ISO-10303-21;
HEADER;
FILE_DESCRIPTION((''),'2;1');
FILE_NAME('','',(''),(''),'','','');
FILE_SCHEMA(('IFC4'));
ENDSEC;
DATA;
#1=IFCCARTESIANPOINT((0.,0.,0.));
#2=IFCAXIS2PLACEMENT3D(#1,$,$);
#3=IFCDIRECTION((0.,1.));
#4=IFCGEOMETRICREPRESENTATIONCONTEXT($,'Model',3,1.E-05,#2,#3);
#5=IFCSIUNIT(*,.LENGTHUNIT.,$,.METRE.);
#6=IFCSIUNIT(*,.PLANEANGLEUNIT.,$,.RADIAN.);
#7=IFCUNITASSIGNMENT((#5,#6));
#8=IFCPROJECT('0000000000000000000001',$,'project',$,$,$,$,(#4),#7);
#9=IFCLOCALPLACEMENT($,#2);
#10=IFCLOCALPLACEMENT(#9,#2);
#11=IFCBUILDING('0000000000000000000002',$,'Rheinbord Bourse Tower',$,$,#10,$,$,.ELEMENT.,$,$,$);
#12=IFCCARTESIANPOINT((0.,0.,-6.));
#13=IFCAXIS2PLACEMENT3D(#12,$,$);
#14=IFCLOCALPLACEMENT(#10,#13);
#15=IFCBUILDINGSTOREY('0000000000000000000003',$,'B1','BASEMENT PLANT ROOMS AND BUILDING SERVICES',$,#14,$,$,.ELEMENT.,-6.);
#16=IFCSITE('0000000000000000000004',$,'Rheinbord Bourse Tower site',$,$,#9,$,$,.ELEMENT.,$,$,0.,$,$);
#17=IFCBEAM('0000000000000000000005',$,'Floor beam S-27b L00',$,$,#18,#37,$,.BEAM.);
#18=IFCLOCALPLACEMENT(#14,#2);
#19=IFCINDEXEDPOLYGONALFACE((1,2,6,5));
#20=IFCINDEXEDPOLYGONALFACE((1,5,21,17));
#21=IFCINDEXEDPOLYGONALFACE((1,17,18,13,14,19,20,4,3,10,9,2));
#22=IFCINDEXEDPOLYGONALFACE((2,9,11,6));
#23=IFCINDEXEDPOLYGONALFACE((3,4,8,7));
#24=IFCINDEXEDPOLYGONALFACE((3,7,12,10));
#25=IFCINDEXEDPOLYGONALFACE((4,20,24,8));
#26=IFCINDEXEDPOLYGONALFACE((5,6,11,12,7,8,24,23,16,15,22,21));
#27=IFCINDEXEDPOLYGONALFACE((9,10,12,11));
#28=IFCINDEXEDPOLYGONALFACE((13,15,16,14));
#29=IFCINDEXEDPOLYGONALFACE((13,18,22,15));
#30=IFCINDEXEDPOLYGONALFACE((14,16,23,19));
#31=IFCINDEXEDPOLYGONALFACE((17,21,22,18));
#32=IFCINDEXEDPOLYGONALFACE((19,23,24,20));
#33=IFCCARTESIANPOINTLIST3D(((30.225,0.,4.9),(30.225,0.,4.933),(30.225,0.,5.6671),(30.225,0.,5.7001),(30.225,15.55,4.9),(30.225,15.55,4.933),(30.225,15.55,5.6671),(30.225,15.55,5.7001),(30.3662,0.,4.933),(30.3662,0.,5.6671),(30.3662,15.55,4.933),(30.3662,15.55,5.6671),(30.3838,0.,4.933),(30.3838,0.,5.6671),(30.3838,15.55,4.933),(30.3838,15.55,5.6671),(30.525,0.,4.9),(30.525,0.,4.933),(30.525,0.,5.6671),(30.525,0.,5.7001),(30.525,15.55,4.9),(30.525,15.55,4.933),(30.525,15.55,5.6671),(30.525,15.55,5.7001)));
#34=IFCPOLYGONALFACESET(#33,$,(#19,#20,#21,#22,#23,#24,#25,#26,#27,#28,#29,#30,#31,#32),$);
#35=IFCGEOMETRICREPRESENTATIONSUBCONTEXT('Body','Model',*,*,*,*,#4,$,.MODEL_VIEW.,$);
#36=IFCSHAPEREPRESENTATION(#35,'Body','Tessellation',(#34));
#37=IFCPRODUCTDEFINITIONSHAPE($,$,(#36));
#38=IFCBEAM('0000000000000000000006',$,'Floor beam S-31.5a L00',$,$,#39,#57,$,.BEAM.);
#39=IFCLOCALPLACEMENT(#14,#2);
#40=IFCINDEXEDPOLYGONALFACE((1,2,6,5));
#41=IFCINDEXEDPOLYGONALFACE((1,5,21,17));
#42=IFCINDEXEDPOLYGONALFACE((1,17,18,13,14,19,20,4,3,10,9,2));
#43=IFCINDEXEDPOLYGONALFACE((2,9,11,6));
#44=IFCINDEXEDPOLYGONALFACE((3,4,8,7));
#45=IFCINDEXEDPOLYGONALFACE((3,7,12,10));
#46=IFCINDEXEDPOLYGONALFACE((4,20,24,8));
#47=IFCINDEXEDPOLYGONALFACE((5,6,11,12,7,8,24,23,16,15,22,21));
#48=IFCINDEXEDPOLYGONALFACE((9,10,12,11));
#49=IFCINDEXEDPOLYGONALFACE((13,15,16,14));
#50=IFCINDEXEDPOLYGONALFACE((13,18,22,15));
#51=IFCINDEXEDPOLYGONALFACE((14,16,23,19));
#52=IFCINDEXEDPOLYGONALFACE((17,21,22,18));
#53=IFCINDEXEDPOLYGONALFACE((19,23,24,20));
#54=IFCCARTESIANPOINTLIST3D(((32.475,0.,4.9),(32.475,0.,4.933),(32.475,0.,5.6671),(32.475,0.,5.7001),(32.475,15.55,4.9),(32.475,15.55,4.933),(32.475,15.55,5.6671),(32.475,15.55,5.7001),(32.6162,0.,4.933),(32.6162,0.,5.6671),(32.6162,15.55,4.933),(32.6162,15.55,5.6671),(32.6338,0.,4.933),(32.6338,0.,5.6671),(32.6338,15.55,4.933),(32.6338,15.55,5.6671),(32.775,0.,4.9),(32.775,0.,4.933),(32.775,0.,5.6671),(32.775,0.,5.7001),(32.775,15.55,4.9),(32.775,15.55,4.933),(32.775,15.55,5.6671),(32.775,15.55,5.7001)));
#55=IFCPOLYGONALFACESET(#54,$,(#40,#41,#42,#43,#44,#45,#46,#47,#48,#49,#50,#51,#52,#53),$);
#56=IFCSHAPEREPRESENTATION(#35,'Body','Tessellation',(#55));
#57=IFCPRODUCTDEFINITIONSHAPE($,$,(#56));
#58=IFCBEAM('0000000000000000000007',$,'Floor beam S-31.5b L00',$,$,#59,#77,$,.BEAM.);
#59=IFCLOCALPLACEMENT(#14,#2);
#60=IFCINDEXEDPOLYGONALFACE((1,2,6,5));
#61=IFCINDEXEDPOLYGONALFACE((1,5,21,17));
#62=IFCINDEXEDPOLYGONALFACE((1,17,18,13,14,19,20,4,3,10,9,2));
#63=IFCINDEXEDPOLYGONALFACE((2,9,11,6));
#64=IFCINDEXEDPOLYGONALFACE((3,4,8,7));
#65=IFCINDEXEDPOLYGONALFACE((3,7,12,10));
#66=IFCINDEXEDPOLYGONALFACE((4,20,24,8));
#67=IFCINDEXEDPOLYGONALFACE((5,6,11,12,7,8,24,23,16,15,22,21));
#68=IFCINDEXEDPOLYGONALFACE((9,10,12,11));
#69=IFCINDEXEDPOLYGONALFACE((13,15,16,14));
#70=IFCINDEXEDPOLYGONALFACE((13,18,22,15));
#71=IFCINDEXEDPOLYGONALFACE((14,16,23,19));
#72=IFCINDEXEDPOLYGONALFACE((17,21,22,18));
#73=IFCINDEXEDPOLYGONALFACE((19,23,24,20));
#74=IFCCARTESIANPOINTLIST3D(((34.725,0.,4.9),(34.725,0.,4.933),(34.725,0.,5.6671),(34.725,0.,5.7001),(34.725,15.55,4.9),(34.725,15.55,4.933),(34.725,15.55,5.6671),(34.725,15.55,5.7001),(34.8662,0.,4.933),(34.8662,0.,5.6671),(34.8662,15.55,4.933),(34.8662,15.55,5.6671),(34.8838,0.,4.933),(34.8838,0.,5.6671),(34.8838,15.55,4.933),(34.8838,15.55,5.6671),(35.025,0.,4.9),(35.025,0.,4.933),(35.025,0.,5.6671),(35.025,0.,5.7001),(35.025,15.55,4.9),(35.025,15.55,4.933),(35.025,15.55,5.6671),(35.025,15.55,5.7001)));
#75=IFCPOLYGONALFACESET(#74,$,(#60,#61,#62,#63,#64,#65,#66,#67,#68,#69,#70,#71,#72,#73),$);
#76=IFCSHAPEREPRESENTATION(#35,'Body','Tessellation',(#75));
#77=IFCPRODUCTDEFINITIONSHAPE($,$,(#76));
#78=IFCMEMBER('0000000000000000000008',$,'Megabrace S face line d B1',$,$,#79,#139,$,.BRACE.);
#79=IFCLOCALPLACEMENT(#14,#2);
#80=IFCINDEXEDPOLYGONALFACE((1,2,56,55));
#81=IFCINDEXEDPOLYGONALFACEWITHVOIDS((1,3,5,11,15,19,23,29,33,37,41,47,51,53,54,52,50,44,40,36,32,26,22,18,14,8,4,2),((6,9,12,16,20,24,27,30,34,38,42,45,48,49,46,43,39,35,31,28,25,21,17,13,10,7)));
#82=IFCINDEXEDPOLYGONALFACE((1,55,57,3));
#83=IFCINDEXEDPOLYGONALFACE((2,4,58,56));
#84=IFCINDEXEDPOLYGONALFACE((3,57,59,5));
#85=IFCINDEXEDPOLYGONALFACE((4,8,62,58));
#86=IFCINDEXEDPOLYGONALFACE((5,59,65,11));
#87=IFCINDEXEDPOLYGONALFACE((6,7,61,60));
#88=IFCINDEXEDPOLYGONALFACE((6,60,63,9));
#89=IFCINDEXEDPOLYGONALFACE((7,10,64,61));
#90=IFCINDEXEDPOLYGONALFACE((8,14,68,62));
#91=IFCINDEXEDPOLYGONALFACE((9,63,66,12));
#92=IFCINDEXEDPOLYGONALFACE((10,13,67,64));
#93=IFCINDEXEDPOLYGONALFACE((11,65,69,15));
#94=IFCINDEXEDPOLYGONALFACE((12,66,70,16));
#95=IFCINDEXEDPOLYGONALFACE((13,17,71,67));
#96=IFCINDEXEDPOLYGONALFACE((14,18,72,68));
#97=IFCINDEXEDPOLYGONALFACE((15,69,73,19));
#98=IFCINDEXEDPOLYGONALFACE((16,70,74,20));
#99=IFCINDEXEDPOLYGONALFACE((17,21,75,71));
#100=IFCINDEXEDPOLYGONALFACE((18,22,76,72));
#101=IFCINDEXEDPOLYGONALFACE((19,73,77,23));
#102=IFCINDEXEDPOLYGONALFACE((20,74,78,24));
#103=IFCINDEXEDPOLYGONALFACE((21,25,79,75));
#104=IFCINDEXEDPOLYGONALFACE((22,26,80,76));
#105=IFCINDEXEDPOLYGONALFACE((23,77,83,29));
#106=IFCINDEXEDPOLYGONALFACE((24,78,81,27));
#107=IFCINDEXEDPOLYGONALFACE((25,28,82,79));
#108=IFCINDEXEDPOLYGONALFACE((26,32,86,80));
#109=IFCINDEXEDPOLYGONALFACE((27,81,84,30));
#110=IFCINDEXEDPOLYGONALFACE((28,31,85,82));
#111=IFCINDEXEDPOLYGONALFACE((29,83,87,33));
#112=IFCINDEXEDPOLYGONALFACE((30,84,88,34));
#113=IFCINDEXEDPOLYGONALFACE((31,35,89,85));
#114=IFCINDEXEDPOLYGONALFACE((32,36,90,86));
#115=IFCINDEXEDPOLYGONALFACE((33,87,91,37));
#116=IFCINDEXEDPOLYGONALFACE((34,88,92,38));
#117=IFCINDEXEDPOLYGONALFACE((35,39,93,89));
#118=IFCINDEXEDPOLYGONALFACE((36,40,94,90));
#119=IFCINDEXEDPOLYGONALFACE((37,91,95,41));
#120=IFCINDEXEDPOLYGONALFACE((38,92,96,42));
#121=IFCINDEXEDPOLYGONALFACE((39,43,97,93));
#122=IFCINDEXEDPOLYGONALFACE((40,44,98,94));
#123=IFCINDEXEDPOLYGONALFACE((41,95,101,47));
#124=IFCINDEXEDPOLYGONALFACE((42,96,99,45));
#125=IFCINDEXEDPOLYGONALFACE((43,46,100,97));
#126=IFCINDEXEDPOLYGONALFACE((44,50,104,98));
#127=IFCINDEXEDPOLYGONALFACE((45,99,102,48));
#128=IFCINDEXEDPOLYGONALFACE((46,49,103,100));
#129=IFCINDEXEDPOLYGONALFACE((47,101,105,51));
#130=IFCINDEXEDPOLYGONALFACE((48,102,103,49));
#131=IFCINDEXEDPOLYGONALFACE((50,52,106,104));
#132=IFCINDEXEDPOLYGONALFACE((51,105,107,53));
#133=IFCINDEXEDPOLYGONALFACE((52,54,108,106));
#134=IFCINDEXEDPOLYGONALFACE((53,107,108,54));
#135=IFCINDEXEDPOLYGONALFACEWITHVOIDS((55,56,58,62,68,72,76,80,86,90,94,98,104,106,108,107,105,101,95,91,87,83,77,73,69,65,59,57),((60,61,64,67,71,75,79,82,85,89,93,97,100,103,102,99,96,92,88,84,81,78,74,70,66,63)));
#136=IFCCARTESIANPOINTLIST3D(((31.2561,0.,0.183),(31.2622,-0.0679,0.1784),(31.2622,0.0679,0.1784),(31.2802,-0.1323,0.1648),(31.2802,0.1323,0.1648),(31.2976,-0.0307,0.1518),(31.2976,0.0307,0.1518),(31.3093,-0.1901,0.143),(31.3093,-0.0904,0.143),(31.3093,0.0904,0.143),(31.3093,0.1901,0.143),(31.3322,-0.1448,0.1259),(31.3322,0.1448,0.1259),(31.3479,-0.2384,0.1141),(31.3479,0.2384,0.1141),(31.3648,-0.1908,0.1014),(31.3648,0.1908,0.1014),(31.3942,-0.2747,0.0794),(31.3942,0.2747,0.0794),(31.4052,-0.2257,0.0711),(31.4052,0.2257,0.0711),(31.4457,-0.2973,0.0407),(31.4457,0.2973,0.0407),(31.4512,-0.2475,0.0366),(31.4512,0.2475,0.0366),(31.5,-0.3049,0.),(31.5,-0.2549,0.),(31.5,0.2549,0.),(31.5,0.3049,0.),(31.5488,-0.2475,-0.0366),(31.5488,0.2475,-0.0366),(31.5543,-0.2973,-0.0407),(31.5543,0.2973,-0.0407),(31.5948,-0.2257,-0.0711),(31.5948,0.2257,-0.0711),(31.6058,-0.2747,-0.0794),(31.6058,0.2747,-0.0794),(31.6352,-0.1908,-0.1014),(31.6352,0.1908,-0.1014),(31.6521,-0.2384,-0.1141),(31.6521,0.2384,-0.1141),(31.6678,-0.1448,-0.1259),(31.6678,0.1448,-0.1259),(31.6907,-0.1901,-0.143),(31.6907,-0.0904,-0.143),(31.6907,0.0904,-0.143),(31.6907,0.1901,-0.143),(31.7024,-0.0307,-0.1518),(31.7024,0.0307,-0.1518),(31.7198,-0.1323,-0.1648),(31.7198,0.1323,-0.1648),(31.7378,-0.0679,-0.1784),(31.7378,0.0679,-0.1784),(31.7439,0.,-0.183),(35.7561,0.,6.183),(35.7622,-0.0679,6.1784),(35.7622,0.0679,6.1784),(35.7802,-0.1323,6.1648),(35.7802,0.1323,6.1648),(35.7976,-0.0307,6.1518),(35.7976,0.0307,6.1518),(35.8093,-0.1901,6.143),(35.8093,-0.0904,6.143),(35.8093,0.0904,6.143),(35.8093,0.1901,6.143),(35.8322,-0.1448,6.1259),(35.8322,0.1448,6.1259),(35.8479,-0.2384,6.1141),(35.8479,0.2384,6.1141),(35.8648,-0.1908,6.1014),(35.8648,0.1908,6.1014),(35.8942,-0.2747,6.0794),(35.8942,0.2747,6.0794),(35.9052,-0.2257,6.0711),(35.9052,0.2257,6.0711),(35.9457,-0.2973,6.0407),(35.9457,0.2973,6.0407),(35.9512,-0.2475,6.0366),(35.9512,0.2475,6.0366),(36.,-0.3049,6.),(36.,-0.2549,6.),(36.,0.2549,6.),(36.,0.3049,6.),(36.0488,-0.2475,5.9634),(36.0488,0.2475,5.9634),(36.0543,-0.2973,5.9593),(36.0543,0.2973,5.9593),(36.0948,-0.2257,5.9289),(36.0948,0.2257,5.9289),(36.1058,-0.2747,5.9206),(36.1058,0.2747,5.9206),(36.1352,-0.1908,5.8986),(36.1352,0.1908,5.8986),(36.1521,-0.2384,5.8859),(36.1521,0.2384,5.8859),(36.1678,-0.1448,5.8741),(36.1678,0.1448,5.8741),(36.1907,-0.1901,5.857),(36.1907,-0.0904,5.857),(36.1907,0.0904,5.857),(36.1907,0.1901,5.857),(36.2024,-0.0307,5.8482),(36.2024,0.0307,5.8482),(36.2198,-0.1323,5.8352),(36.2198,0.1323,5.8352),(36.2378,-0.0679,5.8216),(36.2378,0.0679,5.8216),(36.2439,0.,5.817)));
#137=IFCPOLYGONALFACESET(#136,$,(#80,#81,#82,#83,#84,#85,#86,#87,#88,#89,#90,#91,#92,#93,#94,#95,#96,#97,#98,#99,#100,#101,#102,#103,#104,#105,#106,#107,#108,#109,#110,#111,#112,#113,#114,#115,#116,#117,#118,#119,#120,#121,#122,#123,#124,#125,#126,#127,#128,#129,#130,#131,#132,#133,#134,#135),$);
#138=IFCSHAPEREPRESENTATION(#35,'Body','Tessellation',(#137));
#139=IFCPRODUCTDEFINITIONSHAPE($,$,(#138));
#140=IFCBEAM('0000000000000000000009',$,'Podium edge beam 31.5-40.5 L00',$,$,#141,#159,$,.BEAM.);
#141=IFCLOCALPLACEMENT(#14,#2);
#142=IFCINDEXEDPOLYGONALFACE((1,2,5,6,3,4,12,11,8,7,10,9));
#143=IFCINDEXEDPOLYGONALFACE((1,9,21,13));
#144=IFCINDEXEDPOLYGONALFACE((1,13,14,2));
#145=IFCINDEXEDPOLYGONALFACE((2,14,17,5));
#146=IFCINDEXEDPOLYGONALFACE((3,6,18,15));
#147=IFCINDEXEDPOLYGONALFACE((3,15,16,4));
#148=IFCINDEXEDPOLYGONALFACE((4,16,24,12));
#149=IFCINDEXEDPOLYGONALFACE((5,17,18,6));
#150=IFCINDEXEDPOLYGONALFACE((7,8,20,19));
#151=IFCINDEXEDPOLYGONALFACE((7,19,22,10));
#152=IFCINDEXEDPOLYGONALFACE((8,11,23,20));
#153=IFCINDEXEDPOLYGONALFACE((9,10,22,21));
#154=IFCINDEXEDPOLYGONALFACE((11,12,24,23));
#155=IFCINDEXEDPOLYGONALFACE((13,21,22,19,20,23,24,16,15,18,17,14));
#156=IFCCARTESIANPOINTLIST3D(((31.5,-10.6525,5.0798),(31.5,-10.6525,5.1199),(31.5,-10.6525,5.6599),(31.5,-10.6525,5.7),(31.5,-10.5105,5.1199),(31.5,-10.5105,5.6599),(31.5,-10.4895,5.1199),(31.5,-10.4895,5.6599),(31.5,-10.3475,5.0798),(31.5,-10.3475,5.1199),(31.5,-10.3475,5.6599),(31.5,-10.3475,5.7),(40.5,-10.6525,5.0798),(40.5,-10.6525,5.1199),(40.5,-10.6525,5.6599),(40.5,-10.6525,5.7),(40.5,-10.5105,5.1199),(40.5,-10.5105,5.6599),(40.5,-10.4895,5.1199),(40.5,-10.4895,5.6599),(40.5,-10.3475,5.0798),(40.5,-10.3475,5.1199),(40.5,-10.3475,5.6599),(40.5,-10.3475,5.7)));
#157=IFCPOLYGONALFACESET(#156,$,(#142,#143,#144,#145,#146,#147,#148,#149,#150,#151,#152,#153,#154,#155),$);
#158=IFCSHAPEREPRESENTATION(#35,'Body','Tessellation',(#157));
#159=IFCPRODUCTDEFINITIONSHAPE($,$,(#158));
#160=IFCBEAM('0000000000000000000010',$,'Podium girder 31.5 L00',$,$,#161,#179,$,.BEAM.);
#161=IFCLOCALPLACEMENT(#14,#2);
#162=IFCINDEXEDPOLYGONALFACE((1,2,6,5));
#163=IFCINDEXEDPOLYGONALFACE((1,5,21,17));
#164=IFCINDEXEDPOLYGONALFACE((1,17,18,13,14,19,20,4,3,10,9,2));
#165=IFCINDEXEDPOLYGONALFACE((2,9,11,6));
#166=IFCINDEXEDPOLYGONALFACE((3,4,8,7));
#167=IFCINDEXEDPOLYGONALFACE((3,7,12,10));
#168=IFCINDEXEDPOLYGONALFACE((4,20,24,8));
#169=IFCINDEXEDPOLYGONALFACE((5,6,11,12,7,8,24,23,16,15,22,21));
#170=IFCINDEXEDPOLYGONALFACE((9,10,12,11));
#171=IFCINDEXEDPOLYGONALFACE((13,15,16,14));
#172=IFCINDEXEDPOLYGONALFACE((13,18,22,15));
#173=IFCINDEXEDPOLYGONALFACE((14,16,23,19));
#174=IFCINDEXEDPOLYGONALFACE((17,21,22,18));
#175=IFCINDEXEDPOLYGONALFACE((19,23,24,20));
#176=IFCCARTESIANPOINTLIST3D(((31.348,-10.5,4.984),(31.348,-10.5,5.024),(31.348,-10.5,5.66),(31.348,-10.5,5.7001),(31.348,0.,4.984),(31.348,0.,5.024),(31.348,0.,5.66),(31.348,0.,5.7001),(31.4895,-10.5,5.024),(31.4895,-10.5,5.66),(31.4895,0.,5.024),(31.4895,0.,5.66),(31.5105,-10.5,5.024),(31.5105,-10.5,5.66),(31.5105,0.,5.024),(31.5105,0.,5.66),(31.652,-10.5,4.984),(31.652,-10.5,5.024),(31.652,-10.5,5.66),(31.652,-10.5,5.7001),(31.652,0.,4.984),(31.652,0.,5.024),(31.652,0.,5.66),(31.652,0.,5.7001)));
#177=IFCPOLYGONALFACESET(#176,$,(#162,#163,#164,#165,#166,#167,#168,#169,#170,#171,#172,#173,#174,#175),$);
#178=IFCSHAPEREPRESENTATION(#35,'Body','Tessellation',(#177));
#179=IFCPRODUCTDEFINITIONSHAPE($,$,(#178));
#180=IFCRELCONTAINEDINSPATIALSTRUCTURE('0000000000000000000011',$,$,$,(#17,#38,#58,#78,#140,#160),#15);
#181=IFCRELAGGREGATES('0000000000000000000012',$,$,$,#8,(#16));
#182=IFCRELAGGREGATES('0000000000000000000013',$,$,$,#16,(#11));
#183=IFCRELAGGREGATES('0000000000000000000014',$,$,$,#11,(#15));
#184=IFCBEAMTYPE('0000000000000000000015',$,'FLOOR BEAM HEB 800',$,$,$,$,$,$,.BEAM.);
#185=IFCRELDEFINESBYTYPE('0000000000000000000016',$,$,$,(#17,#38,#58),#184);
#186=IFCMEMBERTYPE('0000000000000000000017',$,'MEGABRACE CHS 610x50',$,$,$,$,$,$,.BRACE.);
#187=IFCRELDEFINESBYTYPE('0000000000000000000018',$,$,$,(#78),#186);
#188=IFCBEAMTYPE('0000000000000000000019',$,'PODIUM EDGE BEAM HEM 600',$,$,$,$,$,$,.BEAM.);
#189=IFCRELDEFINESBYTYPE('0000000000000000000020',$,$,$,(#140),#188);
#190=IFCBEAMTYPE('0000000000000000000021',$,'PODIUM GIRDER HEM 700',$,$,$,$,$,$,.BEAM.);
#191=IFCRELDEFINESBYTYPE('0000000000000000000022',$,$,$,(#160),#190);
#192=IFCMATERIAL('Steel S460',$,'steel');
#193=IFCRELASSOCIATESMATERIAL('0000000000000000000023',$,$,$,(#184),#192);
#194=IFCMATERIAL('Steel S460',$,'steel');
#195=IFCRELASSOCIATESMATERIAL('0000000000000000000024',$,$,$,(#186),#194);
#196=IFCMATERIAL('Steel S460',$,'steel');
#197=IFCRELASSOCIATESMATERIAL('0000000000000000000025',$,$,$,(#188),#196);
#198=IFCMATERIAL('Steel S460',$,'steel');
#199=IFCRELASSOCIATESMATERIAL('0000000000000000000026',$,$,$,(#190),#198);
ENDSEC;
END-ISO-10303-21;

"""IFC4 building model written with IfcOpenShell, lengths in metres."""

from ifc_helpers import new_model, si_unit, direction, frame, origin, origin_2d, place, context, subcontext, project, spatial, hollow_circle, i_section, extrude, material, material_profile, profile_set, type_object, element, save


model = new_model("IFC4")

# Units and contexts
model_context = context("Model", 3, precision=1e-05, world=origin(), true_north=direction((0.0, 1.0)))
body_context = subcontext(model_context, "Body", "Model", "MODEL_VIEW")
ifc_project = project(units=[si_unit("LENGTHUNIT", "METRE"), si_unit("PLANEANGLEUNIT", "RADIAN")], contexts=[model_context])

# Site, building, storey
site_placement = place(None, origin())
site = spatial("IfcSite", under=ifc_project, at=site_placement, Name="Rheinbord Bourse Tower site", CompositionType="ELEMENT", RefElevation=0.0)
building_placement = place(site_placement, origin())
building = spatial("IfcBuilding", under=site, at=building_placement, Name="Rheinbord Bourse Tower", CompositionType="ELEMENT")
storey_placement = place(building_placement, frame((0.0, 0.0, -6.0)))
storey = spatial("IfcBuildingStorey", under=building, at=storey_placement, Name="B1", Description="BASEMENT PLANT ROOMS AND BUILDING SERVICES", CompositionType="ELEMENT", Elevation=-6.0)

# Beams
ifc_material_1 = material(Name="Steel S460", Category="steel")
ifc_material_profile_1 = material_profile(ifc_material_1, i_section(OverallWidth=0.3, OverallDepth=0.8, WebThickness=0.0176, FlangeThickness=0.033, at=origin_2d()), Name="HEB 800")
ifc_profile_set_1 = profile_set([ifc_material_profile_1], Name="Steel S460")
beam_type_1 = type_object("IfcBeamType", Name="FLOOR BEAM HEB 800", PredefinedType="BEAM", material=ifc_profile_set_1)
for number, where, z_axis, x_axis, name in (
    (1, (30.375, 0.0, 5.3), (0.0, 1.0, 0.0), (-1.0, 0.0, 0.0), "Floor beam S-27b L00"),
    (2, (32.625, 0.0, 5.3), (0.0, 1.0, 0.0), (-1.0, 0.0, 0.0), "Floor beam S-31.5a L00"),
    (3, (34.875, 0.0, 5.3), (0.0, 1.0, 0.0), (-1.0, 0.0, 0.0), "Floor beam S-31.5b L00"),
):
    element("IfcBeam", number, at=place(storey_placement, frame(where, z_axis=z_axis, x_axis=x_axis)), inside=storey, type_object=beam_type_1, Name=name, PredefinedType="BEAM", context=body_context, shape_type="SweptSolid", body=[
        extrude(i_section(OverallWidth=0.3, OverallDepth=0.8, WebThickness=0.0176, FlangeThickness=0.033, at=origin_2d()), origin(), (0.0, 0.0, 1.0), 15.55),
    ])

# Member
ifc_material_2 = material(Name="Steel S460", Category="steel")
ifc_material_profile_2 = material_profile(ifc_material_2, hollow_circle(Radius=0.3049, WallThickness=0.05, at=origin_2d()), Name="CHS 610x50")
ifc_profile_set_2 = profile_set([ifc_material_profile_2], Name="Steel S460")
member_type = type_object("IfcMemberType", Name="MEGABRACE CHS 610x50", PredefinedType="BRACE", material=ifc_profile_set_2)
member_placement = place(storey_placement, frame((31.5, 0.0, 0.0), z_axis=(0.6, 0.0, 0.8), x_axis=(0.0, 1.0, 0.0)))
element("IfcMember", 4, at=member_placement, inside=storey, type_object=member_type, Name="Megabrace S face line d B1", PredefinedType="BRACE", context=body_context, shape_type="SweptSolid", body=[
    extrude(hollow_circle(Radius=0.3049, WallThickness=0.05, at=origin_2d()), origin(), (0.0, 0.0, 1.0), 7.5),
])

# Beams
ifc_material_3 = material(Name="Steel S460", Category="steel")
ifc_material_profile_3 = material_profile(ifc_material_3, i_section(OverallWidth=0.3049, OverallDepth=0.6201, WebThickness=0.021, FlangeThickness=0.04, at=origin_2d()), Name="HEM 600")
ifc_profile_set_3 = profile_set([ifc_material_profile_3], Name="Steel S460")
beam_type_2 = type_object("IfcBeamType", Name="PODIUM EDGE BEAM HEM 600", PredefinedType="BEAM", material=ifc_profile_set_3)
beam_1_placement = place(storey_placement, frame((31.5, -10.5, 5.3899), z_axis=(1.0, 0.0, 0.0), x_axis=(0.0, 1.0, 0.0)))
element("IfcBeam", 5, at=beam_1_placement, inside=storey, type_object=beam_type_2, Name="Podium edge beam 31.5-40.5 L00", PredefinedType="BEAM", context=body_context, shape_type="SweptSolid", body=[
    extrude(i_section(OverallWidth=0.3049, OverallDepth=0.6201, WebThickness=0.021, FlangeThickness=0.04, at=origin_2d()), origin(), (0.0, 0.0, 1.0), 9.0),
])
ifc_material_4 = material(Name="Steel S460", Category="steel")
ifc_material_profile_4 = material_profile(ifc_material_4, i_section(OverallWidth=0.304, OverallDepth=0.7161, WebThickness=0.021, FlangeThickness=0.04, at=origin_2d()), Name="HEM 700")
ifc_profile_set_4 = profile_set([ifc_material_profile_4], Name="Steel S460")
beam_type_3 = type_object("IfcBeamType", Name="PODIUM GIRDER HEM 700", PredefinedType="BEAM", material=ifc_profile_set_4)
beam_2_placement = place(storey_placement, frame((31.5, -10.5, 5.342), z_axis=(0.0, 1.0, 0.0), x_axis=(-1.0, 0.0, 0.0)))
element("IfcBeam", 6, at=beam_2_placement, inside=storey, type_object=beam_type_3, Name="Podium girder 31.5 L00", PredefinedType="BEAM", context=body_context, shape_type="SweptSolid", body=[
    extrude(i_section(OverallWidth=0.304, OverallDepth=0.7161, WebThickness=0.021, FlangeThickness=0.04, at=origin_2d()), origin(), (0.0, 0.0, 1.0), 10.5),
])

save(model, "model.ifc")
